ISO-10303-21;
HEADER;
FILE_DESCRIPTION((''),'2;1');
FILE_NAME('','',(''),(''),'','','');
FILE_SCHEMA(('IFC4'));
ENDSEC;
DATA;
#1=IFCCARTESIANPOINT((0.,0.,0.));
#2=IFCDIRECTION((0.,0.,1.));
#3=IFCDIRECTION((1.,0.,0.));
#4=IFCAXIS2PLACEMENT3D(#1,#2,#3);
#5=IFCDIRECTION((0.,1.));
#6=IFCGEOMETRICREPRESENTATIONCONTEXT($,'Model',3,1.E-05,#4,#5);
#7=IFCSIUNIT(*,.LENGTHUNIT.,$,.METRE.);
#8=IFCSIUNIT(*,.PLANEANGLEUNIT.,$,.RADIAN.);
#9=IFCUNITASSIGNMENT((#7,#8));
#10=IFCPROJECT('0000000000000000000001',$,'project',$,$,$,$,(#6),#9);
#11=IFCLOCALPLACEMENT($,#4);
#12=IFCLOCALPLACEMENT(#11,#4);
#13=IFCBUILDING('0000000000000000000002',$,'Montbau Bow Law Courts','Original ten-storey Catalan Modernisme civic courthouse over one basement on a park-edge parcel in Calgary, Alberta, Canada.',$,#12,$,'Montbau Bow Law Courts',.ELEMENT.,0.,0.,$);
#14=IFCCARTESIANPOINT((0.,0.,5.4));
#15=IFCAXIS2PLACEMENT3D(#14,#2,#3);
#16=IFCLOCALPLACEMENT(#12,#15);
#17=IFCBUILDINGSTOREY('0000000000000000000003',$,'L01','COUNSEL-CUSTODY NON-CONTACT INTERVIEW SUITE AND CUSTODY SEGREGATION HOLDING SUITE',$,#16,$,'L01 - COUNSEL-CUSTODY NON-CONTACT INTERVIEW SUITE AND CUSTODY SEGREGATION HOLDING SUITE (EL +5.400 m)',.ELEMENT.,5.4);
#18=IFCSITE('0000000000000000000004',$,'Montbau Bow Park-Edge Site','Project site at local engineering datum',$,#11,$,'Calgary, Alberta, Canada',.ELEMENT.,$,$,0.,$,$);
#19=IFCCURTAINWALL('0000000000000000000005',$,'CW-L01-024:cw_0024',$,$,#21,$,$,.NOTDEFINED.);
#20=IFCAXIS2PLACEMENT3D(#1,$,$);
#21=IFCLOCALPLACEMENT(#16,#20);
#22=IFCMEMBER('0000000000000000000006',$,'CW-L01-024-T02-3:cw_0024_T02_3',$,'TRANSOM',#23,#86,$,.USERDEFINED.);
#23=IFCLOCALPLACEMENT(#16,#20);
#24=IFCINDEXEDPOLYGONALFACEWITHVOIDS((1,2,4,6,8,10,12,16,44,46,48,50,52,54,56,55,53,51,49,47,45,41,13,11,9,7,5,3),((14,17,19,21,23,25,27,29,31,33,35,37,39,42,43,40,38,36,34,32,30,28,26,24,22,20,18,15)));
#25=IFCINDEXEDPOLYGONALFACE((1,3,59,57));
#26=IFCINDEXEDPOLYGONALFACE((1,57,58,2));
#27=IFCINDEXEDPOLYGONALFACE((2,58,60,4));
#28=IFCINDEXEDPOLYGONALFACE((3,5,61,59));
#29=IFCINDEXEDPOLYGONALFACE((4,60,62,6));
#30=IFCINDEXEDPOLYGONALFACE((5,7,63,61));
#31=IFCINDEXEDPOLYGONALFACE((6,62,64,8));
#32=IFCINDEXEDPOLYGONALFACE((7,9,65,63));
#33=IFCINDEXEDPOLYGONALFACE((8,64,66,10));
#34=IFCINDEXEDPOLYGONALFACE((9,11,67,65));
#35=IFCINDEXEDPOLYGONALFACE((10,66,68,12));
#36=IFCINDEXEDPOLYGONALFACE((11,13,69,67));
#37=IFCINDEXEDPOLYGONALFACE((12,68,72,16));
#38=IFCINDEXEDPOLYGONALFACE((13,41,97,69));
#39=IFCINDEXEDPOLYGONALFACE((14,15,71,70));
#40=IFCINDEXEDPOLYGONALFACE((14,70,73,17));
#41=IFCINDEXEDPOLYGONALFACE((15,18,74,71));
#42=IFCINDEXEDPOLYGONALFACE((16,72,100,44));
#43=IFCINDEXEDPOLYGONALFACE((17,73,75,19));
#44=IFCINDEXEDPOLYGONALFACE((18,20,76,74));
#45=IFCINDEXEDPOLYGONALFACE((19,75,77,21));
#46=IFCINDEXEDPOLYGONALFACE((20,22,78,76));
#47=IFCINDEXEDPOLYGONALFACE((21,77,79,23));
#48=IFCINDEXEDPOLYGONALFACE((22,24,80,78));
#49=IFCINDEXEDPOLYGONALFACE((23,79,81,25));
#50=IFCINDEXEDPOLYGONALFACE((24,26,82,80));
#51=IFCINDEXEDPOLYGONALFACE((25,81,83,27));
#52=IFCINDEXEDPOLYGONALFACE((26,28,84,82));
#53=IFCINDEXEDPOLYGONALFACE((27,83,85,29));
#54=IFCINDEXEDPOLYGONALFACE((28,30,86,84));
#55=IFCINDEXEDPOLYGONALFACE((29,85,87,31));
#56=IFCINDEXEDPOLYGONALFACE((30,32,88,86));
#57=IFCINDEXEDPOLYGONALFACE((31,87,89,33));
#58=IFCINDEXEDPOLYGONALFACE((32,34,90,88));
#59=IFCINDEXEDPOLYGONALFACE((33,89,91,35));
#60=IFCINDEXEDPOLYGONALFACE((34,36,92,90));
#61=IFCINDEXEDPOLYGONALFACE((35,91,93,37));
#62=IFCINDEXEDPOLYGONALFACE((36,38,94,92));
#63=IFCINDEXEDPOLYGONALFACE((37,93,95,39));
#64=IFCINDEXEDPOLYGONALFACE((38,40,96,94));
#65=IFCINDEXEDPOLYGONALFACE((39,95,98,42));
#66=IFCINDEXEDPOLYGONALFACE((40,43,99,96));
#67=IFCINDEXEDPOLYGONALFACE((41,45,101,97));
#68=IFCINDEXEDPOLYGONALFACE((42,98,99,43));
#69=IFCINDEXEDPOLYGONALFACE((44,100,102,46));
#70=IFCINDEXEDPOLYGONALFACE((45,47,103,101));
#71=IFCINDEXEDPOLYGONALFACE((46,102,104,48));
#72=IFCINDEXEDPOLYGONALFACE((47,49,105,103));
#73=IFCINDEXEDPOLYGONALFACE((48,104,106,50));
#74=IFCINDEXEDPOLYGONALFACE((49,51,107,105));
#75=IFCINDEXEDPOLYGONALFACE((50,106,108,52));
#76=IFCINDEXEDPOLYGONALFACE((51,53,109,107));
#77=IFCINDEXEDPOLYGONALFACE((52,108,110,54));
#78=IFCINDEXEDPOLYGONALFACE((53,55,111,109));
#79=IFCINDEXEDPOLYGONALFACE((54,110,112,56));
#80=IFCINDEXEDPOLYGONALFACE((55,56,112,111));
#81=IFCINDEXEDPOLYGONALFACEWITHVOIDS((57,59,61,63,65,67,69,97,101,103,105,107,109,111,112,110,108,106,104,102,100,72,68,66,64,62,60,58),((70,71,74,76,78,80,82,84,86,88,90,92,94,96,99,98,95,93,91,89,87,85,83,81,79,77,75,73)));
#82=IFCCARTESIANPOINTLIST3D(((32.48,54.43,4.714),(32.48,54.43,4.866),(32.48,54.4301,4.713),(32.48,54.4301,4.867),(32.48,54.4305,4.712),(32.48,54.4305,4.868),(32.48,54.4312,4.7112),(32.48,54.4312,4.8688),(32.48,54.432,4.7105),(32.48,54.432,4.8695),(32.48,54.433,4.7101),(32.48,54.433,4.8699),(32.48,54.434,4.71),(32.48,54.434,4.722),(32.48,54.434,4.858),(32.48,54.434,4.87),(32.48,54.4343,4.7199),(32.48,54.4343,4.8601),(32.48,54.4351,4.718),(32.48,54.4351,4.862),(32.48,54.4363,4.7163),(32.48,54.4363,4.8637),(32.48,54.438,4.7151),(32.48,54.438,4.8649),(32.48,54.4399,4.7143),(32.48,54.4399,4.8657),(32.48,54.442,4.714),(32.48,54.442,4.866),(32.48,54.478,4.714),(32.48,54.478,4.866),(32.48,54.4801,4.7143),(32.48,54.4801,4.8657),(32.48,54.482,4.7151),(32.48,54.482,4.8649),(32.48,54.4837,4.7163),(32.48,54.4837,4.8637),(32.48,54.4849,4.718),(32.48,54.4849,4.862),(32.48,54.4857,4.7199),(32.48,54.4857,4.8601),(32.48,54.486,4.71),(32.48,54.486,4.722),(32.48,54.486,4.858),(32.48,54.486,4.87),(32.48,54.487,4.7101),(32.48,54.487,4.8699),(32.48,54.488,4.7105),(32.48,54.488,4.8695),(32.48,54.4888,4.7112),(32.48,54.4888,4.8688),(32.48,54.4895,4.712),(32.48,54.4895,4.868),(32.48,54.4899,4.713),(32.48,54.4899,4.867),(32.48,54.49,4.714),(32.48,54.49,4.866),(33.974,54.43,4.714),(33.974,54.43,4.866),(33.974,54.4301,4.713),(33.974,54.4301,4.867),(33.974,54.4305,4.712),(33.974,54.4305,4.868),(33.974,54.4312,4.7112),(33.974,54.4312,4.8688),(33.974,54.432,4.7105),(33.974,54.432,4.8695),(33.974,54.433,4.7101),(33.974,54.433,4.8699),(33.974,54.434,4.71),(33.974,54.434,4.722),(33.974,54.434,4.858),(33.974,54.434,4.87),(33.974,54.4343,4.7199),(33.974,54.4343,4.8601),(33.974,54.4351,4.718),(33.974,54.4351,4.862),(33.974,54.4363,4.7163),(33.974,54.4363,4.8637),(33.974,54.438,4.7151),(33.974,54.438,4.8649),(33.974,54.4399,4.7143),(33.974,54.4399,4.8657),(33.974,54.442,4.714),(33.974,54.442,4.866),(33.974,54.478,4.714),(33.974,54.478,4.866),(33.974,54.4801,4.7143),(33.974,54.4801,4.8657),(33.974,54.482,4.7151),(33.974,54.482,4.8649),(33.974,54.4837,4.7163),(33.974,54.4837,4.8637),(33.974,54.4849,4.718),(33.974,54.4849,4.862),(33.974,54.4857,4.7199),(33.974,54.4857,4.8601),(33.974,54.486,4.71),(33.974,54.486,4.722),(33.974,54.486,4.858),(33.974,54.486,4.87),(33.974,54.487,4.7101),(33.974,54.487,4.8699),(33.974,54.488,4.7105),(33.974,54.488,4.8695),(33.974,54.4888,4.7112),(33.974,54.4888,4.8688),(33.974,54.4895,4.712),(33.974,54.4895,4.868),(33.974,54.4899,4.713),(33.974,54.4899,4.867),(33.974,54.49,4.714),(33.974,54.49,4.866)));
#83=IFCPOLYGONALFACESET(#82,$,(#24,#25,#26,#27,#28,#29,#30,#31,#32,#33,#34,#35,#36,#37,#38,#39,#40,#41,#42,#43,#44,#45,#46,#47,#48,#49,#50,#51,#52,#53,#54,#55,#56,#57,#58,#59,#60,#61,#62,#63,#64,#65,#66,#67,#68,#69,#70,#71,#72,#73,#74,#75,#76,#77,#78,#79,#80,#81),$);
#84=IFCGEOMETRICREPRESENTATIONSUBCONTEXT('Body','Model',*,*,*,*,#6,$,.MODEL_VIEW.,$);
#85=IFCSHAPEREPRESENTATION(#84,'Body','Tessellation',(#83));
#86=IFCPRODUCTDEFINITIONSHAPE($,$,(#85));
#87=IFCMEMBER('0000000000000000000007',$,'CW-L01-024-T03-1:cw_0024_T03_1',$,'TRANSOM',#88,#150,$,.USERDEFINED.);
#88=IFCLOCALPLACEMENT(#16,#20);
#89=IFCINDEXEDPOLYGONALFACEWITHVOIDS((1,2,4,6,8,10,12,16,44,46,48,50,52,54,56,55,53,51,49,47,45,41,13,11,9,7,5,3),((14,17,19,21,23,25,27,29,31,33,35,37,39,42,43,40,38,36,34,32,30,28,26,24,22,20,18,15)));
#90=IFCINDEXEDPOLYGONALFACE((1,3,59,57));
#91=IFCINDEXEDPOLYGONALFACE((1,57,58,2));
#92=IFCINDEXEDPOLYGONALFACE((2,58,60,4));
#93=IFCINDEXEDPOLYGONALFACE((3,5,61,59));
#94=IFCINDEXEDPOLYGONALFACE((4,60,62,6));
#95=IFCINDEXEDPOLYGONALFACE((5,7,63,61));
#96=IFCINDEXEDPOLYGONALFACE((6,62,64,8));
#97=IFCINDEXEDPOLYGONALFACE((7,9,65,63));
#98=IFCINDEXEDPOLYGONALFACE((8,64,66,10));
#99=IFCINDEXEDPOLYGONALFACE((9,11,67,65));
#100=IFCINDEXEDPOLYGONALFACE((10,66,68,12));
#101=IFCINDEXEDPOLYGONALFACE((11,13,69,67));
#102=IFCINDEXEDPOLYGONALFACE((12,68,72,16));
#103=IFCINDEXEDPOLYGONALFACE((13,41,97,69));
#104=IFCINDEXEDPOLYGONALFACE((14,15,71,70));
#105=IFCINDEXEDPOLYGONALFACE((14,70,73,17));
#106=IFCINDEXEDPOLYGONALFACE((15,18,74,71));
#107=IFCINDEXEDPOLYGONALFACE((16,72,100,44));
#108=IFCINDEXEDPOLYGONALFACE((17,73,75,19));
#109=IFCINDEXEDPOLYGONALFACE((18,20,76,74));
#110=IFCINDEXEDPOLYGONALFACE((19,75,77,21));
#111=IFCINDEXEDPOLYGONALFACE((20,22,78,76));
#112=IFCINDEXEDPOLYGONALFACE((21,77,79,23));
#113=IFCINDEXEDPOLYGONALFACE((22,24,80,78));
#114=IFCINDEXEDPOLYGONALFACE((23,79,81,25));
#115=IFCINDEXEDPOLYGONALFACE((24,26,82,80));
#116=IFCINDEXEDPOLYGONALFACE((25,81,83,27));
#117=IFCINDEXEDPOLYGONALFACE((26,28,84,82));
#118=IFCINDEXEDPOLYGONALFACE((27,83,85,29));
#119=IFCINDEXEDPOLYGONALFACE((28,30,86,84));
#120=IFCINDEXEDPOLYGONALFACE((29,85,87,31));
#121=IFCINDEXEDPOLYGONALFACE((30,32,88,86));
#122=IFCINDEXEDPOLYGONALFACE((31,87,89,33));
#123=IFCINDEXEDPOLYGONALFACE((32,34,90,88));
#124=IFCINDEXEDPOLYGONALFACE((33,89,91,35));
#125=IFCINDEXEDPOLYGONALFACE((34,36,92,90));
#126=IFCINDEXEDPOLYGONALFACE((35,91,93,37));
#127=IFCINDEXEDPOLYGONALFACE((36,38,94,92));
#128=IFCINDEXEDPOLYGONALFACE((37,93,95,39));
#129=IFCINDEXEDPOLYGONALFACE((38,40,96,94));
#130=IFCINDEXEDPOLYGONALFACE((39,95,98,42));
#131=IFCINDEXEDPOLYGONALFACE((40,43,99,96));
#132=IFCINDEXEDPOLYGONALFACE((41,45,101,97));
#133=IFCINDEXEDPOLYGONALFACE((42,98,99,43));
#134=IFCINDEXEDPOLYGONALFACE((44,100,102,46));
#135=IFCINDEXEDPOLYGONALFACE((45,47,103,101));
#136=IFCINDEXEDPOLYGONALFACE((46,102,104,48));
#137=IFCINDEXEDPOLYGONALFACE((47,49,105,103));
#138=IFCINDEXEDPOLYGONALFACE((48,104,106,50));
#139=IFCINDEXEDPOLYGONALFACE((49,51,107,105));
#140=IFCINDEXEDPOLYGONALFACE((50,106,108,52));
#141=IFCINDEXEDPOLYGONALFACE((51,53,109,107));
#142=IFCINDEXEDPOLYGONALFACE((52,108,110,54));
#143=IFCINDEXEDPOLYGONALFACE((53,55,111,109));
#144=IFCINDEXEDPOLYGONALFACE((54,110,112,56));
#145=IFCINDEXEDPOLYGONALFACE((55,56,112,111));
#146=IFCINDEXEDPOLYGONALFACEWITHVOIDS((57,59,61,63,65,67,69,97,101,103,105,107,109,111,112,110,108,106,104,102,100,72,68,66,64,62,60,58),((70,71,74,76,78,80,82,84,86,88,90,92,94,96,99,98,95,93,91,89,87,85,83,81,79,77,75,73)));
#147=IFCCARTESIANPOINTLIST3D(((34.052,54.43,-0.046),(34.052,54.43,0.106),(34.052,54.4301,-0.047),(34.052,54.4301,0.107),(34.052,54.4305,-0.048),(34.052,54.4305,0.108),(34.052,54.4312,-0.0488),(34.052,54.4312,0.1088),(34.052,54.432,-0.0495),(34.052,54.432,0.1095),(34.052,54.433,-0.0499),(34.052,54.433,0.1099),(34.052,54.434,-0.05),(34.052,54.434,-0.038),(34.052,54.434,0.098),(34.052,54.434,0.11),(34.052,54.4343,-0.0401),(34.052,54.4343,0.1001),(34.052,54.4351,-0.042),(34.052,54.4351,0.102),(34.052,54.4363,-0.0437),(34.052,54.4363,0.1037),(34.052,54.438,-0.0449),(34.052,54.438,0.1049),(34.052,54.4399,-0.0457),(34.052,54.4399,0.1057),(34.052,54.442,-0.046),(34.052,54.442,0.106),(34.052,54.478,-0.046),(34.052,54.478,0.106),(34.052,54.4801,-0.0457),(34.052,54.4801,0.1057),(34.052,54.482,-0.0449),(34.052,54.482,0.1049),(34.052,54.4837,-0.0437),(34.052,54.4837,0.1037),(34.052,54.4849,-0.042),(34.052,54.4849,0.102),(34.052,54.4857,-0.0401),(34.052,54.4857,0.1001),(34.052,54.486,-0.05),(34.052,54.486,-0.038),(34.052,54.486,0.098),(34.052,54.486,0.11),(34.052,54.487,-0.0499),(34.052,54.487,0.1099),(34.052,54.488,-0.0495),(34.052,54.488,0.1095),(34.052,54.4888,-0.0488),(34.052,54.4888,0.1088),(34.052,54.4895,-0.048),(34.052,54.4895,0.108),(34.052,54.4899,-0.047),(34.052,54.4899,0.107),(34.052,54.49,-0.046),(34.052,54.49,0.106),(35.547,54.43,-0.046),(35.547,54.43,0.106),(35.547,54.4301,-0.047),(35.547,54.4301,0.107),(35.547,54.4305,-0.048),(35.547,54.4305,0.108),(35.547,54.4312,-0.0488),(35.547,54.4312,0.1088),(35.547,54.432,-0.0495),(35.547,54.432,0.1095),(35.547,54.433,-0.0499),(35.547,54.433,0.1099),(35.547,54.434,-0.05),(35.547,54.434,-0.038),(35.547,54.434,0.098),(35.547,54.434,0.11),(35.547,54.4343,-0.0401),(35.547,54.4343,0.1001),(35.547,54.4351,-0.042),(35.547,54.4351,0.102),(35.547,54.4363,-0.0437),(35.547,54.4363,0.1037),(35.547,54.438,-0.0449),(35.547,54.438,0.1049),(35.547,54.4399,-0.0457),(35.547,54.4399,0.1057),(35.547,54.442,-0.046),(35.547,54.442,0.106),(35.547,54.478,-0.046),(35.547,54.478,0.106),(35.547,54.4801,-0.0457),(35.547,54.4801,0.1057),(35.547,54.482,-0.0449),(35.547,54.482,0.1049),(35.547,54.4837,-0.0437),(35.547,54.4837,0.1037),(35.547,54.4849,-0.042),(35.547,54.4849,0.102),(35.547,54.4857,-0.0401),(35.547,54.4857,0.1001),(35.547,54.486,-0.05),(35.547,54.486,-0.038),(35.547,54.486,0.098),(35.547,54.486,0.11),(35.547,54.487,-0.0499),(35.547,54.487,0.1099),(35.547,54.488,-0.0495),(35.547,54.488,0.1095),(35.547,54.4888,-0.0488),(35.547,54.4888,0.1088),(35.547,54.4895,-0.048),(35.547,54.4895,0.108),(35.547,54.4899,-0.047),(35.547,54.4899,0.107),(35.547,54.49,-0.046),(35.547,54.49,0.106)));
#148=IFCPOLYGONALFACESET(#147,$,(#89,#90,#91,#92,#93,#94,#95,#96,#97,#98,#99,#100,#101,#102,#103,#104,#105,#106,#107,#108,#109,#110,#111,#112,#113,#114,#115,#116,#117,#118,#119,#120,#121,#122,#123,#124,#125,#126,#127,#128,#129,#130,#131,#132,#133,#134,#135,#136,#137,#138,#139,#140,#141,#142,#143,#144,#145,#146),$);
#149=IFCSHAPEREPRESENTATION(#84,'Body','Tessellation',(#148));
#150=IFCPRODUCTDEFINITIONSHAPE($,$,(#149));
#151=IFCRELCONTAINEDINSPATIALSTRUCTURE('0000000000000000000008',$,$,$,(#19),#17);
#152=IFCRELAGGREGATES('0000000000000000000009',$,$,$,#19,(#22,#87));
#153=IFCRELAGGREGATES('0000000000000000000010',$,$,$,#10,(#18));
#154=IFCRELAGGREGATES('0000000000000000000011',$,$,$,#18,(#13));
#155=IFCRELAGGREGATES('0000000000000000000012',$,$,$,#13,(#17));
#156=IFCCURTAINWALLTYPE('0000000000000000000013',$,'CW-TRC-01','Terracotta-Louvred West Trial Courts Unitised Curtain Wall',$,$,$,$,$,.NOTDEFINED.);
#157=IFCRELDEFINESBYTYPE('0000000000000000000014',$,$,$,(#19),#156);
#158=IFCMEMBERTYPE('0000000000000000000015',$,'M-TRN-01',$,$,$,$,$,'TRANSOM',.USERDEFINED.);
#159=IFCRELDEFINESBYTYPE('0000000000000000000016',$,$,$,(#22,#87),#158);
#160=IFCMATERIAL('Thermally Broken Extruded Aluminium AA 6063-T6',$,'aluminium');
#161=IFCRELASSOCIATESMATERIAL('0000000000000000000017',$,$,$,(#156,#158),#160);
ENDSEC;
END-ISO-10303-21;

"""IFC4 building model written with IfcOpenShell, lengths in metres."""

from ifc_helpers import new_model, si_unit, direction, frame, origin_with_axes, origin_2d_with_axis, place, context, subcontext, project, spatial, hollow_rectangle, extrude, material, material_profile, profile_set, type_object, element, aggregate, save


model = new_model("IFC4")

# Units and contexts
model_context = context("Model", 3, precision=1e-05, world=origin_with_axes(), true_north=direction((0.0, 1.0)))
body_context = subcontext(model_context, "Body", "Model", "MODEL_VIEW")
ifc_project = project(units=[si_unit("LENGTHUNIT", "METRE"), si_unit("PLANEANGLEUNIT", "RADIAN")], contexts=[model_context])

# Site, building, storey
site_placement = place(None, origin_with_axes())
site = spatial("IfcSite", under=ifc_project, at=site_placement, Name="Montbau Bow Park-Edge Site", Description="Project site at local engineering datum", LongName="Calgary, Alberta, Canada", CompositionType="ELEMENT", RefElevation=0.0)
building_placement = place(site_placement, origin_with_axes())
building = spatial("IfcBuilding", under=site, at=building_placement, Name="Montbau Bow Law Courts", Description="Original ten-storey Catalan Modernisme civic courthouse over one basement on a park-edge parcel in Calgary, Alberta, Canada.", LongName="Montbau Bow Law Courts", CompositionType="ELEMENT", ElevationOfRefHeight=0.0, ElevationOfTerrain=0.0)
storey_placement = place(building_placement, frame((0.0, 0.0, 5.4), z_axis=(0.0, 0.0, 1.0), x_axis=(1.0, 0.0, 0.0)))
storey = spatial("IfcBuildingStorey", under=building, at=storey_placement, Name="L01", Description="COUNSEL-CUSTODY NON-CONTACT INTERVIEW SUITE AND CUSTODY SEGREGATION HOLDING SUITE", LongName="L01 - COUNSEL-CUSTODY NON-CONTACT INTERVIEW SUITE AND CUSTODY SEGREGATION HOLDING SUITE (EL +5.400 m)", CompositionType="ELEMENT", Elevation=5.4)

# Curtain wall
ifc_material_1 = material(Name="Thermally Broken Extruded Aluminium AA 6063-T6", Category="aluminium")
curtain_wall_type = type_object("IfcCurtainWallType", Name="CW-TRC-01", Description="Terracotta-Louvred West Trial Courts Unitised Curtain Wall", PredefinedType="NOTDEFINED", material=ifc_material_1)
curtain_wall_1_placement = place(None, frame((30.867, 54.46, 5.4), z_axis=(0.0, 0.0, 1.0), x_axis=(1.0, 0.0, 0.0)))
curtain_wall_1 = element("IfcCurtainWall", 1, at=curtain_wall_1_placement, inside=storey, type_object=curtain_wall_type, Name="CW-L01-024:cw_0024", PredefinedType="NOTDEFINED")

# Members
ifc_material_profile_1 = material_profile(ifc_material_1, hollow_rectangle(XDim=0.06, YDim=0.16, WallThickness=0.004, InnerFilletRadius=0.008, OuterFilletRadius=0.004, at=origin_2d_with_axis()), Name="CWT-160X60", Category="Main", Priority=0)
ifc_profile_set_1 = profile_set([ifc_material_profile_1], Name="Thermally Broken Extruded Aluminium AA 6063-T6")
member_type_1 = type_object("IfcMemberType", Name="M-TRN-01", ElementType="TRANSOM", PredefinedType="USERDEFINED", material=ifc_profile_set_1)
member_1_placement = place(None, frame((32.48, 54.46, 10.19), z_axis=(1.0, 0.0, 0.0), x_axis=(0.0, 1.0, 0.0)))
member_1 = element("IfcMember", 2, at=member_1_placement, type_object=member_type_1, Name="CW-L01-024-T02-3:cw_0024_T02_3", ObjectType="TRANSOM", PredefinedType="USERDEFINED", context=body_context, shape_type="SweptSolid", body=[
    extrude(hollow_rectangle(XDim=0.06, YDim=0.16, WallThickness=0.004, InnerFilletRadius=0.008, OuterFilletRadius=0.004, at=origin_2d_with_axis()), origin_with_axes(), (0.0, 0.0, 1.0), 1.494),
])
member_2_placement = place(None, frame((34.052, 54.46, 5.43), z_axis=(1.0, 0.0, 0.0), x_axis=(0.0, 1.0, 0.0)))
member_2 = element("IfcMember", 3, at=member_2_placement, type_object=member_type_1, Name="CW-L01-024-T03-1:cw_0024_T03_1", ObjectType="TRANSOM", PredefinedType="USERDEFINED", context=body_context, shape_type="SweptSolid", body=[
    extrude(hollow_rectangle(XDim=0.06, YDim=0.16, WallThickness=0.004, InnerFilletRadius=0.008, OuterFilletRadius=0.004, at=origin_2d_with_axis()), origin_with_axes(), (0.0, 0.0, 1.0), 1.495),
])

aggregate(curtain_wall_1, [member_1, member_2])

save(model, "model.ifc")
